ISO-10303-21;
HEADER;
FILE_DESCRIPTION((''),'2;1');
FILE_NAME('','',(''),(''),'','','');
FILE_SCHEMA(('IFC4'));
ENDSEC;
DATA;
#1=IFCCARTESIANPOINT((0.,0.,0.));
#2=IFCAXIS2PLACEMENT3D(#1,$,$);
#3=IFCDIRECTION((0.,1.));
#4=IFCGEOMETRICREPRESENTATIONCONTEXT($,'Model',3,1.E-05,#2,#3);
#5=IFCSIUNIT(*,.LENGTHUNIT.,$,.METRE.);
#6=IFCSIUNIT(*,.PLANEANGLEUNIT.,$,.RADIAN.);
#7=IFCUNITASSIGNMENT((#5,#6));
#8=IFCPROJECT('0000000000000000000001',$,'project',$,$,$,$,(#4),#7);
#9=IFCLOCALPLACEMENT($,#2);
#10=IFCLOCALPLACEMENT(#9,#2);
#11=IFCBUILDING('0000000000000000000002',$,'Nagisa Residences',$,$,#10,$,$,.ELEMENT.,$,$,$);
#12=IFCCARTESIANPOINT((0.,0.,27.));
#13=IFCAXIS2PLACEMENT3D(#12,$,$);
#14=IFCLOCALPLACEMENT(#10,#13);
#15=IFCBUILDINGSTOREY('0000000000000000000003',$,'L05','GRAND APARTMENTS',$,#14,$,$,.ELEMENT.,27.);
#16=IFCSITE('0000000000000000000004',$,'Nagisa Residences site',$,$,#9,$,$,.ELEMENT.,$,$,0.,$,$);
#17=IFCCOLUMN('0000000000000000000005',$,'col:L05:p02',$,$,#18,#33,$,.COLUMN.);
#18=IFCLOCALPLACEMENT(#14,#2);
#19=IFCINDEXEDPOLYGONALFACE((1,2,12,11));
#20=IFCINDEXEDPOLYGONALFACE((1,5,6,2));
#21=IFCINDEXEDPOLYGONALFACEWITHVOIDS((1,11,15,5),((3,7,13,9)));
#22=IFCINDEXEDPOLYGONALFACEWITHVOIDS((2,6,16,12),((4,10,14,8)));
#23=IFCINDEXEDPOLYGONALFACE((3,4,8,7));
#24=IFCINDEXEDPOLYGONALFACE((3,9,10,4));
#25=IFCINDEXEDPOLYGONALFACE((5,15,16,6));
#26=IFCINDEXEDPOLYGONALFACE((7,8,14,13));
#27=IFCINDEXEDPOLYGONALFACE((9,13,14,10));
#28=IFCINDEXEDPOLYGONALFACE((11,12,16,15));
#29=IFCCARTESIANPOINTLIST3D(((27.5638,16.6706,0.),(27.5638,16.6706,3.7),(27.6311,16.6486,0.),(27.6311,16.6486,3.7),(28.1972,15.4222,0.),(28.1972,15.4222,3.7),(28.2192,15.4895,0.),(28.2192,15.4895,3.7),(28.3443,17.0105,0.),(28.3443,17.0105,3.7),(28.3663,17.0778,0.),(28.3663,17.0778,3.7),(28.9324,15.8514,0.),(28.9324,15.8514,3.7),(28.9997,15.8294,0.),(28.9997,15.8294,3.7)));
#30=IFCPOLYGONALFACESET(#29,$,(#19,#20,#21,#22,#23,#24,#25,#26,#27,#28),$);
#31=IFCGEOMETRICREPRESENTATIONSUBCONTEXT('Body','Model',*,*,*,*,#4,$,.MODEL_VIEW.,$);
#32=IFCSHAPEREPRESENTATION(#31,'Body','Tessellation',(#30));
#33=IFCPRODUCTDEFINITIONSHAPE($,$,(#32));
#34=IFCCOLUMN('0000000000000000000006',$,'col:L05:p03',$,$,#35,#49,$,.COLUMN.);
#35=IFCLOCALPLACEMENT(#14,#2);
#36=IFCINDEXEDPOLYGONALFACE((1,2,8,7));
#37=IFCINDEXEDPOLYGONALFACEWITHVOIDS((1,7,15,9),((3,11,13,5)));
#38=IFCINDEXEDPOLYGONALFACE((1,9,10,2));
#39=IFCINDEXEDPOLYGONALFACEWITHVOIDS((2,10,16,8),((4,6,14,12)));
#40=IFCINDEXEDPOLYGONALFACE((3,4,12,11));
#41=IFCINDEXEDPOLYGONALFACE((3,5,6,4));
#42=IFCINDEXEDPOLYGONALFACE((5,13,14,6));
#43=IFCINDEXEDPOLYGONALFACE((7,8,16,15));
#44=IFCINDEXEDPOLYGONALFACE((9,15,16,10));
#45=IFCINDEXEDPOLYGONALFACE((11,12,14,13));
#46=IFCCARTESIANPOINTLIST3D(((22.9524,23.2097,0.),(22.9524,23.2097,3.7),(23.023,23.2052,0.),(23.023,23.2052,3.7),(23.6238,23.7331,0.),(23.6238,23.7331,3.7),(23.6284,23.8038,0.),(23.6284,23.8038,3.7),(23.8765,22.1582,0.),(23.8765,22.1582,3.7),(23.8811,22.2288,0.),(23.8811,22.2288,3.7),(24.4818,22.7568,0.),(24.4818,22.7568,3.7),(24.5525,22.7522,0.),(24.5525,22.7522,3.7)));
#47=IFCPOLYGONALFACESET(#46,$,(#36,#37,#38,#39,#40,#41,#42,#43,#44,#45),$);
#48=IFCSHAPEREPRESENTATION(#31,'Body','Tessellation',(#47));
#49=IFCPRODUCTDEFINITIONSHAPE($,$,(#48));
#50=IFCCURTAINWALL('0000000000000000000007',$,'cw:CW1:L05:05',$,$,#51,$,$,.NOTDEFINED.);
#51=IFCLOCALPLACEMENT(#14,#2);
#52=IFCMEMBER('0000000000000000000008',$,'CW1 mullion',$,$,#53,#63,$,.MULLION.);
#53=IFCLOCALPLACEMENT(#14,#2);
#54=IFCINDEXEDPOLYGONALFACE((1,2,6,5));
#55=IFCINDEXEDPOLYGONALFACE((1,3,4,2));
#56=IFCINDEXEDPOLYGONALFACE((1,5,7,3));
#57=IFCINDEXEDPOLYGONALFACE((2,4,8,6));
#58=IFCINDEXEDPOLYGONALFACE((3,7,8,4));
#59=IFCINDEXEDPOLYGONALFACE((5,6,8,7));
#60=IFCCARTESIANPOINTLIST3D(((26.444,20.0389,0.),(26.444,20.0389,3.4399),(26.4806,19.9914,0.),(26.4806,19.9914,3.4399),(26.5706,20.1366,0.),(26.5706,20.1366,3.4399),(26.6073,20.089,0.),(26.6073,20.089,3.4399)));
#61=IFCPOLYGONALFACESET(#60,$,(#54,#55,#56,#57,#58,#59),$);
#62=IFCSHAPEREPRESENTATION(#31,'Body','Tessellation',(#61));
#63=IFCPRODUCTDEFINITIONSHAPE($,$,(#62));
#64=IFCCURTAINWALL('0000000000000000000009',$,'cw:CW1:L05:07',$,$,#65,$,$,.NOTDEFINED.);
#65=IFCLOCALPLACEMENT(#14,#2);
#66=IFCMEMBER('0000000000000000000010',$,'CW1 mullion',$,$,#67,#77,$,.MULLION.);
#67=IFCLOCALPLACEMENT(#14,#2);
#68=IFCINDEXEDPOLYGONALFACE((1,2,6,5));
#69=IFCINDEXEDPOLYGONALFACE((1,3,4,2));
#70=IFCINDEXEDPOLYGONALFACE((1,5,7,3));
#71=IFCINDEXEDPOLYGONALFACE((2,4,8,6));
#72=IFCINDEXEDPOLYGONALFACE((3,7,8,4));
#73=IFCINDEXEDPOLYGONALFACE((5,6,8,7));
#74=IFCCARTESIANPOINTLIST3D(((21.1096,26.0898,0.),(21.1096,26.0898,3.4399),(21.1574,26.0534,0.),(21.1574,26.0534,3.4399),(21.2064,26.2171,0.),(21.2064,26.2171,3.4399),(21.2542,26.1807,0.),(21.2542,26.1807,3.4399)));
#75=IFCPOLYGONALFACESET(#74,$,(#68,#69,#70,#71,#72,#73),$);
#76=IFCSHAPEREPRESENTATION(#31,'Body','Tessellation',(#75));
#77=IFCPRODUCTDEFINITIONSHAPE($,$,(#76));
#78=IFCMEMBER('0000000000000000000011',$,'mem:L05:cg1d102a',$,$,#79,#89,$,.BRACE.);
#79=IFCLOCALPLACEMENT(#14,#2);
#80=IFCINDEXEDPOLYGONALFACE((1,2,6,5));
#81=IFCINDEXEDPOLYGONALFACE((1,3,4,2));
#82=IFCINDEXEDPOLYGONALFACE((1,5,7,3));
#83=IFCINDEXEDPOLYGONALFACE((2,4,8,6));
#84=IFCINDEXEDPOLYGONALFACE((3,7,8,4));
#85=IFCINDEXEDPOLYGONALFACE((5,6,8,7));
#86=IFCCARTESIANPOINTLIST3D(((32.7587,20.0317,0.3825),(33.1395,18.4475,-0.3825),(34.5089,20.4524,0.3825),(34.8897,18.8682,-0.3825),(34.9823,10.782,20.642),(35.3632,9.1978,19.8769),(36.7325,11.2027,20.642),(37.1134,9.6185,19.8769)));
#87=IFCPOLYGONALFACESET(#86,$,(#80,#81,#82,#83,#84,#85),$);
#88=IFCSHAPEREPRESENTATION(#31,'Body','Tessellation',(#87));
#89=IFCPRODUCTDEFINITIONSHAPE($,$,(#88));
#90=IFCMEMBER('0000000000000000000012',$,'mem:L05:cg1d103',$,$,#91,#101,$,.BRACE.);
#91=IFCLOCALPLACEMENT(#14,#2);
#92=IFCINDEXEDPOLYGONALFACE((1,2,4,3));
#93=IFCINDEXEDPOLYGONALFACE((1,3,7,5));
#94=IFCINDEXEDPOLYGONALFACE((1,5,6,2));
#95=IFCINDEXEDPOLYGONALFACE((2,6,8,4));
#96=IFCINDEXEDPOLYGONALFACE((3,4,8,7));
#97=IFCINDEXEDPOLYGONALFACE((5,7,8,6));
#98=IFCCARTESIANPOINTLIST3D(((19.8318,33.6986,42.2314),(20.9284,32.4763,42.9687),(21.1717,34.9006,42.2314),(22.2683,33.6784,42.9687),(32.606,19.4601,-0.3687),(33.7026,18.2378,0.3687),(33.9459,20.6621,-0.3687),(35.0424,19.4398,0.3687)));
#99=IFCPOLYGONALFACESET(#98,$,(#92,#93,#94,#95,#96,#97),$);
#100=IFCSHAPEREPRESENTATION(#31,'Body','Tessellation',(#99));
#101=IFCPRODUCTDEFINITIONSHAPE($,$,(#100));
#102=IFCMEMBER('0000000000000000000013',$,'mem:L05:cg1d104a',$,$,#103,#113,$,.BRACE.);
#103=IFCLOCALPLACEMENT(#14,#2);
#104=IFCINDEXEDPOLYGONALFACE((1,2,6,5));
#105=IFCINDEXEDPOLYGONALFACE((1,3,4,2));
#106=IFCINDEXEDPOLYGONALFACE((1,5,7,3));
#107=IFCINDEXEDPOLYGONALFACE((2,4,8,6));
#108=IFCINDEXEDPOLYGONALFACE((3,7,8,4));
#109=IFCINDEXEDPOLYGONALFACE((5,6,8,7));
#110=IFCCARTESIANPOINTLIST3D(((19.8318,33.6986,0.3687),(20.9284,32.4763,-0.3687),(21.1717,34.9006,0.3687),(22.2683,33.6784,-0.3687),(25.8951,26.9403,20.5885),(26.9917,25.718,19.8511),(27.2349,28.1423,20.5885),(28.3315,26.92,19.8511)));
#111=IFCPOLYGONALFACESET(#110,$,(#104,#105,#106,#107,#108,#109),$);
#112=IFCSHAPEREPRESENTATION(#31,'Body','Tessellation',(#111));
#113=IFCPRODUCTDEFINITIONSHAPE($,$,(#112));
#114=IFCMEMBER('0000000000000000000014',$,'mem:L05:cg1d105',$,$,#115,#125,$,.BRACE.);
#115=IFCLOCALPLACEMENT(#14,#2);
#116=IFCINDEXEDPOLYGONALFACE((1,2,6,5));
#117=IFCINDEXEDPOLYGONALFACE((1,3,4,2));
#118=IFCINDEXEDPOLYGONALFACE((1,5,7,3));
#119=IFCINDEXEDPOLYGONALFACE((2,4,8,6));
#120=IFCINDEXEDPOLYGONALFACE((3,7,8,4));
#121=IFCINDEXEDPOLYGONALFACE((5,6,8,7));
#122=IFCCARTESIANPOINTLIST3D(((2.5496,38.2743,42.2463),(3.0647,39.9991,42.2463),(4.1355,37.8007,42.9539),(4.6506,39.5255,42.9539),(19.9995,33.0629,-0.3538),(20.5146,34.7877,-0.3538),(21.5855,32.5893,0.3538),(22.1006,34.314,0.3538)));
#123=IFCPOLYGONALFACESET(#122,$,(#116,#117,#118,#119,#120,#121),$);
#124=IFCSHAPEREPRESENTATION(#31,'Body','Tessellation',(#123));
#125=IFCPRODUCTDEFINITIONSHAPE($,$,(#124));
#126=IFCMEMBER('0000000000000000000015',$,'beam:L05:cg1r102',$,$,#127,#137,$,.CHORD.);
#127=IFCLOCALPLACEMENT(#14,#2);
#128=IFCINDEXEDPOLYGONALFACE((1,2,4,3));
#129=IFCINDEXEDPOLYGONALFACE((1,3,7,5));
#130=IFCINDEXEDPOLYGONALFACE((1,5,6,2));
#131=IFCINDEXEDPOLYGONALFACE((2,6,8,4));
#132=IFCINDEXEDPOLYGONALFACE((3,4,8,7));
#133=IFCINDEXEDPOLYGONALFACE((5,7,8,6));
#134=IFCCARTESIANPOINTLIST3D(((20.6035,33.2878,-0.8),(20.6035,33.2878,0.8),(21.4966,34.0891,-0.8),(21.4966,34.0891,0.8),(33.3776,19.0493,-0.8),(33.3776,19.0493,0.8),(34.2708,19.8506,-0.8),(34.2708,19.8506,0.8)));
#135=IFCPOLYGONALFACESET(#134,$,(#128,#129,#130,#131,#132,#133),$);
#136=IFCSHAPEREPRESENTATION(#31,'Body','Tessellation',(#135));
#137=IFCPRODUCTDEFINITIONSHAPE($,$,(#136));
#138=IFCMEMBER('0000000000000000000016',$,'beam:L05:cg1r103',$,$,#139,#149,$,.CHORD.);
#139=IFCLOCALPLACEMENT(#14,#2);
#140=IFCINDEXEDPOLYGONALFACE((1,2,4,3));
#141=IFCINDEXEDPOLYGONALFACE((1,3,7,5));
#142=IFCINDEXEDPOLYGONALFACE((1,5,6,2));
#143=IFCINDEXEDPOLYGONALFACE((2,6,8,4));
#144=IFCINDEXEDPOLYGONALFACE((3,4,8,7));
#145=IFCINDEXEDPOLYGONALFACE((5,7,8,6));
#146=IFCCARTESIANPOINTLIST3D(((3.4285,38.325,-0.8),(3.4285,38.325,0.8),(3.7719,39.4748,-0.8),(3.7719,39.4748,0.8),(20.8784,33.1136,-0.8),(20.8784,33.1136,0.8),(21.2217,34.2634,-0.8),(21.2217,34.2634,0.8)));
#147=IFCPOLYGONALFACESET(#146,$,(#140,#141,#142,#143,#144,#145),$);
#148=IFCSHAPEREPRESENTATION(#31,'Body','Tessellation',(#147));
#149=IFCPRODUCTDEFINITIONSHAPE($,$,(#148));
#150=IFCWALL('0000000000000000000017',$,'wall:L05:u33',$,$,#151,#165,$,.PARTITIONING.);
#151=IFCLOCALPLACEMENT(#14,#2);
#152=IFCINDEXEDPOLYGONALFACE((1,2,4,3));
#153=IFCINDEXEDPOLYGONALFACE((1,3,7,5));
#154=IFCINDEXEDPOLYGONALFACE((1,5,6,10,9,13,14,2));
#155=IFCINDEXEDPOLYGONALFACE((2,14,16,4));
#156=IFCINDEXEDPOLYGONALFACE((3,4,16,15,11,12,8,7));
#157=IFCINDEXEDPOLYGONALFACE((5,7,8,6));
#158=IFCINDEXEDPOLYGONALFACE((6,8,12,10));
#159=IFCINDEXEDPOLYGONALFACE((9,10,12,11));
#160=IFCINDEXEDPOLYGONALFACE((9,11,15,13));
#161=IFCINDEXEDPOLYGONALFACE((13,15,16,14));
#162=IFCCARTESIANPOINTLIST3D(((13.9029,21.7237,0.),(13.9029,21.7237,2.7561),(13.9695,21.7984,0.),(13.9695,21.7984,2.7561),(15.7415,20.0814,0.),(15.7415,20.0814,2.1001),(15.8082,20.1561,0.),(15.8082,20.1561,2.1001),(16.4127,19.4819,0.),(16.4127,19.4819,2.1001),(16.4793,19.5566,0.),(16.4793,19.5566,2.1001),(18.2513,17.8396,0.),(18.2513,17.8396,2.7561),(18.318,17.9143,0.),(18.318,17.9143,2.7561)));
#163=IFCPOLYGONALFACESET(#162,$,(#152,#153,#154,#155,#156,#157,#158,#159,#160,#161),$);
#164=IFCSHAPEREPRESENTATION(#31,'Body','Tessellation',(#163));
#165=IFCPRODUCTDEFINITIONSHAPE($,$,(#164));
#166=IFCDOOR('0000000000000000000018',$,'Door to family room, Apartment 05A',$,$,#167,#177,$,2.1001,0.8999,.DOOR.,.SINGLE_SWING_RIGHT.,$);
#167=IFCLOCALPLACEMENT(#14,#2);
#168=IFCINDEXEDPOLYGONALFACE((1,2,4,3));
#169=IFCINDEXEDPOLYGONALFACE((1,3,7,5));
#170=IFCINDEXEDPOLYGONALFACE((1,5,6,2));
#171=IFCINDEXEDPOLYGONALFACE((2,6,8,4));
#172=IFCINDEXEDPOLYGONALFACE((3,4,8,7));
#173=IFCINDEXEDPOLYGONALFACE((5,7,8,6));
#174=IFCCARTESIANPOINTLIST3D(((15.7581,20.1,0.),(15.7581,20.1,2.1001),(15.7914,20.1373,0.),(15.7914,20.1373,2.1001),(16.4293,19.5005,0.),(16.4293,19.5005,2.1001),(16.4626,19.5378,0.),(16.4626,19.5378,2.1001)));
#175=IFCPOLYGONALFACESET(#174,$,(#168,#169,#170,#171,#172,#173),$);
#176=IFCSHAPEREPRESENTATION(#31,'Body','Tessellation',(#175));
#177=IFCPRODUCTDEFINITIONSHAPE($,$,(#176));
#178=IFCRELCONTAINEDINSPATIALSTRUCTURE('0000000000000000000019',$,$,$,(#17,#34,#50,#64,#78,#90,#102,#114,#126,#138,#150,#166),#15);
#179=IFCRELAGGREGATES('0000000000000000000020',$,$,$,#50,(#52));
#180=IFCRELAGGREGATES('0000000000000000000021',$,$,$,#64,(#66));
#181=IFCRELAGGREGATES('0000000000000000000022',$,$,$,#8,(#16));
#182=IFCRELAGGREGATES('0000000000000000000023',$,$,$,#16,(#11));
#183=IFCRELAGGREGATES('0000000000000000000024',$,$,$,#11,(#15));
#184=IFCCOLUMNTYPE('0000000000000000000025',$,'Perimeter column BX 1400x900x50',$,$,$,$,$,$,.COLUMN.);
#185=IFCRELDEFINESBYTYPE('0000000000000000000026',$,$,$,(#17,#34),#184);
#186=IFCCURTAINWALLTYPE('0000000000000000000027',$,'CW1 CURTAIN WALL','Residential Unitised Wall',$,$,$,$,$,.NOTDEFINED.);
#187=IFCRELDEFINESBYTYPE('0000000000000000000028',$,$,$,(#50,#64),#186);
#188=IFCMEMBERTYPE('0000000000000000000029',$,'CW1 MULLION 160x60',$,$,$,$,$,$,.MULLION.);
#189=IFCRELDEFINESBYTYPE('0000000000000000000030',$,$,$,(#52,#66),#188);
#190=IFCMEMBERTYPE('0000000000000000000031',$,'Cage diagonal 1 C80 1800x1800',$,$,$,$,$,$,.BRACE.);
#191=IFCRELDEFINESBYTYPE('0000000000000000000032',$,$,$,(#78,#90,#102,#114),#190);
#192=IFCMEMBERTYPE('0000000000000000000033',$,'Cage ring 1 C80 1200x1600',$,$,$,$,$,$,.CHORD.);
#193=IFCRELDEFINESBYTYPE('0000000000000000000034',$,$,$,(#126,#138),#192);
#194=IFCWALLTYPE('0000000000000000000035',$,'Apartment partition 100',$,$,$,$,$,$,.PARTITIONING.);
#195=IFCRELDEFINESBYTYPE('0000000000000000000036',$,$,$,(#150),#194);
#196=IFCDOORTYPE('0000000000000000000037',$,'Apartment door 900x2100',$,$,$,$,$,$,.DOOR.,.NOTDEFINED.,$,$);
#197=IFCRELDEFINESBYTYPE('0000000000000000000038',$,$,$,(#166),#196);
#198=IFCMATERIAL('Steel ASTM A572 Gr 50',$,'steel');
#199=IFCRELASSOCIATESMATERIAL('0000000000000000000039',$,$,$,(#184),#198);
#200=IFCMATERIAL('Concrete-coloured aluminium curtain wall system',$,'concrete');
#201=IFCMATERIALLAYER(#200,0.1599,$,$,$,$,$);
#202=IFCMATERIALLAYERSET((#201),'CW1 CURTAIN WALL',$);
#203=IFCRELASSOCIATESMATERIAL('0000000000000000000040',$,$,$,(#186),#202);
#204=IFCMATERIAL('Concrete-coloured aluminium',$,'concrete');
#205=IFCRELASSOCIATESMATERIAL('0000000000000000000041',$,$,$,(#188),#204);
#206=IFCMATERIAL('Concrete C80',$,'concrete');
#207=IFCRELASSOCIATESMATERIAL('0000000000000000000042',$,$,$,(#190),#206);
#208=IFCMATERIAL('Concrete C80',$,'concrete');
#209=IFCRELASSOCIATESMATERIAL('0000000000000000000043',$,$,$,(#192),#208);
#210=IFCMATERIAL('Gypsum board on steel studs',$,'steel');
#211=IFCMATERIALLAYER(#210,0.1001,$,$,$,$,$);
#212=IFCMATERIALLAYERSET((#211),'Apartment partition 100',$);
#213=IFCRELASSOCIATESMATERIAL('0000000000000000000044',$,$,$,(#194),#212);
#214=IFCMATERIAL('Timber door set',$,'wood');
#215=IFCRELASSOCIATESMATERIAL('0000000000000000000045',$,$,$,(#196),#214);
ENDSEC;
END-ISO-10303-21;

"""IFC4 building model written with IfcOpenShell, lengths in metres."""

from ifc_helpers import new_model, si_unit, direction, frame, frame_2d, origin, origin_2d, place, context, subcontext, project, spatial, rectangle, hollow_rectangle, extrude, material, layer, layer_set, material_profile, profile_set, type_object, element, fill, aggregate, save


model = new_model("IFC4")

# Units and contexts
model_context = context("Model", 3, precision=1e-05, world=origin(), true_north=direction((0.0, 1.0)))
body_context = subcontext(model_context, "Body", "Model", "MODEL_VIEW")
ifc_project = project(units=[si_unit("LENGTHUNIT", "METRE"), si_unit("PLANEANGLEUNIT", "RADIAN")], contexts=[model_context])

# Site, building, storey
site_placement = place(None, origin())
site = spatial("IfcSite", under=ifc_project, at=site_placement, Name="Nagisa Residences site", CompositionType="ELEMENT", RefElevation=0.0)
building_placement = place(site_placement, origin())
building = spatial("IfcBuilding", under=site, at=building_placement, Name="Nagisa Residences", CompositionType="ELEMENT")
storey_placement = place(building_placement, frame((0.0, 0.0, 27.0)))
storey = spatial("IfcBuildingStorey", under=building, at=storey_placement, Name="L05", Description="GRAND APARTMENTS", CompositionType="ELEMENT", Elevation=27.0)

# Columns
ifc_material_1 = material(Name="Steel ASTM A572 Gr 50", Category="steel")
ifc_material_profile_1 = material_profile(ifc_material_1, hollow_rectangle(XDim=1.3999, YDim=0.8999, WallThickness=0.05, at=origin_2d()), Name="BX 1400x900x50")
ifc_profile_set_1 = profile_set([ifc_material_profile_1], Name="Steel ASTM A572 Gr 50")
column_type = type_object("IfcColumnType", Name="Perimeter column BX 1400x900x50", PredefinedType="COLUMN", material=ifc_profile_set_1)
for number, where, z_axis, x_axis, name in (
    (1, (28.2817, 16.25, 0.0), (0.0, 0.0, 1.0), (-0.452463, 0.891783, 0.0), "col:L05:p02"),
    (2, (23.7524, 22.981, 0.0), (0.0, 0.0, 1.0), (-0.660115, 0.751165, 0.0), "col:L05:p03"),
):
    element("IfcColumn", number, at=place(storey_placement, frame(where, z_axis=z_axis, x_axis=x_axis)), inside=storey, type_object=column_type, Name=name, PredefinedType="COLUMN", context=body_context, shape_type="SweptSolid", body=[
        extrude(hollow_rectangle(XDim=1.3999, YDim=0.8999, WallThickness=0.05, at=origin_2d()), origin(), (0.0, 0.0, 1.0), 3.7),
    ])

# Curtain walls, members
ifc_material_2 = material(Name="Concrete-coloured aluminium curtain wall system", Category="concrete")
ifc_layer_1 = layer(ifc_material_2, 0.1599)
ifc_layer_set_1 = layer_set([ifc_layer_1], Name="CW1 CURTAIN WALL")
curtain_wall_type = type_object("IfcCurtainWallType", Name="CW1 CURTAIN WALL", Description="Residential Unitised Wall", PredefinedType="NOTDEFINED", material=ifc_layer_set_1)
curtain_wall_1_placement = place(storey_placement, origin())
curtain_wall_1 = element("IfcCurtainWall", 3, at=curtain_wall_1_placement, inside=storey, type_object=curtain_wall_type, Name="cw:CW1:L05:05", PredefinedType="NOTDEFINED")
ifc_material_3 = material(Name="Concrete-coloured aluminium", Category="concrete")
ifc_material_profile_2 = material_profile(ifc_material_3, rectangle(XDim=0.1599, YDim=0.0601, at=origin_2d()), Name="CW1 MULLION 160x60")
ifc_profile_set_2 = profile_set([ifc_material_profile_2], Name="Concrete-coloured aluminium")
member_type_1 = type_object("IfcMemberType", Name="CW1 MULLION 160x60", PredefinedType="MULLION", material=ifc_profile_set_2)
member_1_placement = place(storey_placement, frame((26.5256, 20.064, 0.0), z_axis=(0.0, 0.0, 1.0), x_axis=(-0.79207, -0.61043, 0.0)))
member_1 = element("IfcMember", 4, at=member_1_placement, type_object=member_type_1, Name="CW1 mullion", PredefinedType="MULLION", context=body_context, shape_type="SweptSolid", body=[
    extrude(rectangle(XDim=0.1599, YDim=0.0601, at=origin_2d()), origin(), (0.0, 0.0, 1.0), 3.4399),
])
aggregate(curtain_wall_1, [member_1])
curtain_wall_2_placement = place(storey_placement, origin())
curtain_wall_2 = element("IfcCurtainWall", 5, at=curtain_wall_2_placement, inside=storey, type_object=curtain_wall_type, Name="cw:CW1:L05:07", PredefinedType="NOTDEFINED")
member_2_placement = place(storey_placement, frame((21.1819, 26.1353, 0.0), z_axis=(0.0, 0.0, 1.0), x_axis=(-0.605255, -0.796031, 0.0)))
member_2 = element("IfcMember", 6, at=member_2_placement, type_object=member_type_1, Name="CW1 mullion", PredefinedType="MULLION", context=body_context, shape_type="SweptSolid", body=[
    extrude(rectangle(XDim=0.1599, YDim=0.0601, at=origin_2d()), origin(), (0.0, 0.0, 1.0), 3.4399),
])
aggregate(curtain_wall_2, [member_2])

# Members
ifc_material_4 = material(Name="Concrete C80", Category="concrete")
ifc_material_profile_3 = material_profile(ifc_material_4, rectangle(XDim=1.8, YDim=1.8, at=origin_2d()), Name="C80 1800x1800")
ifc_profile_set_3 = profile_set([ifc_material_profile_3], Name="Concrete C80")
member_type_2 = type_object("IfcMemberType", Name="Cage diagonal 1 C80 1800x1800", PredefinedType="BRACE", material=ifc_profile_set_3)
member_3_placement = place(storey_placement, frame((33.8242, 19.45, 0.0), z_axis=(0.099349, -0.413269, 0.905173), x_axis=(0.972299, 0.23374, 0.0)))
element("IfcMember", 7, at=member_3_placement, inside=storey, type_object=member_type_2, Name="mem:L05:cg1d102a", PredefinedType="BRACE", context=body_context, shape_type="SweptSolid", body=[
    extrude(rectangle(XDim=1.8, YDim=1.8, at=origin_2d()), origin(), (0.0, 0.0, 1.0), 22.3818),
])
member_4_placement = place(storey_placement, frame((33.8242, 19.45, 0.0), z_axis=(-0.27355, 0.304908, 0.912251), x_axis=(-0.744346, -0.667794, 0.0)))
element("IfcMember", 8, at=member_4_placement, inside=storey, type_object=member_type_2, Name="mem:L05:cg1d103", PredefinedType="BRACE", context=body_context, shape_type="SweptSolid", body=[
    extrude(rectangle(XDim=1.8, YDim=1.8, at=origin_2d()), origin(), (0.0, 0.0, 1.0), 46.6978),
])
member_5_placement = place(storey_placement, frame((21.05, 33.6885, 0.0), z_axis=(0.273553, -0.304913, 0.912248), x_axis=(0.744347, 0.667793, 0.0)))
element("IfcMember", 9, at=member_5_placement, inside=storey, type_object=member_type_2, Name="mem:L05:cg1d104a", PredefinedType="BRACE", context=body_context, shape_type="SweptSolid", body=[
    extrude(rectangle(XDim=1.8, YDim=1.8, at=origin_2d()), origin(), (0.0, 0.0, 1.0), 22.1648),
])
member_6_placement = place(storey_placement, frame((21.05, 33.6885, 0.0), z_axis=(-0.376648, 0.112486, 0.919501), x_axis=(-0.286161, -0.958182, 0.0)))
element("IfcMember", 10, at=member_6_placement, inside=storey, type_object=member_type_2, Name="mem:L05:cg1d105", PredefinedType="BRACE", context=body_context, shape_type="SweptSolid", body=[
    extrude(rectangle(XDim=1.8, YDim=1.8, at=origin_2d()), origin(), (0.0, 0.0, 1.0), 46.3296),
])
ifc_material_5 = material(Name="Concrete C80", Category="concrete")
ifc_material_profile_4 = material_profile(ifc_material_5, rectangle(XDim=1.2, YDim=1.6001, at=origin_2d()), Name="C80 1200x1600")
ifc_profile_set_4 = profile_set([ifc_material_profile_4], Name="Concrete C80")
member_type_3 = type_object("IfcMemberType", Name="Cage ring 1 C80 1200x1600", PredefinedType="CHORD", material=ifc_profile_set_4)
member_7_placement = place(storey_placement, frame((33.8242, 19.45, 0.0), z_axis=(-0.667794, 0.744346, 0.0), x_axis=(-0.744346, -0.667794, 0.0)))
element("IfcMember", 11, at=member_7_placement, inside=storey, type_object=member_type_3, Name="beam:L05:cg1r102", PredefinedType="CHORD", context=body_context, shape_type="SweptSolid", body=[
    extrude(rectangle(XDim=1.2, YDim=1.6001, at=origin_2d()), origin(), (0.0, 0.0, 1.0), 19.1289),
])
member_8_placement = place(storey_placement, frame((21.05, 33.6885, 0.0), z_axis=(-0.958182, 0.286161, 0.0), x_axis=(-0.286161, -0.958182, 0.0)))
element("IfcMember", 12, at=member_8_placement, inside=storey, type_object=member_type_3, Name="beam:L05:cg1r103", PredefinedType="CHORD", context=body_context, shape_type="SweptSolid", body=[
    extrude(rectangle(XDim=1.2, YDim=1.6001, at=origin_2d()), origin(), (0.0, 0.0, 1.0), 18.2114),
])

# Wall, opening, door
ifc_material_6 = material(Name="Gypsum board on steel studs", Category="steel")
ifc_layer_2 = layer(ifc_material_6, 0.1001)
ifc_layer_set_2 = layer_set([ifc_layer_2], Name="Apartment partition 100")
wall_type_1 = type_object("IfcWallType", Name="Apartment partition 100", PredefinedType="PARTITIONING", material=ifc_layer_set_2)
wall_1_placement = place(storey_placement, frame((18.2847, 17.877, 0.0), z_axis=(0.0, 0.0, 1.0), x_axis=(-0.745806, 0.666163, 0.0)))
wall_1 = element("IfcWall", 13, at=wall_1_placement, inside=storey, type_object=wall_type_1, Name="wall:L05:u33", PredefinedType="PARTITIONING", context=body_context, shape_type="SweptSolid", body=[
    extrude(rectangle(XDim=5.8306, YDim=0.1001, at=frame_2d((2.9153, 0.0))), origin(), (0.0, 0.0, 1.0), 2.7561),
])
opening_1_placement = place(wall_1_placement, frame((2.4653, 0.0, 0.0)))
opening_1 = element("IfcOpeningElement", 14, at=opening_1_placement, cuts=wall_1, PredefinedType="OPENING", context=body_context, shape_type="SweptSolid", body=[
    extrude(rectangle(XDim=0.8999, YDim=2.1001, at=frame_2d((0.45, 1.05))), frame((0.0, 0.0601, 0.0), z_axis=(0.0, -1.0, 0.0), x_axis=(1.0, 0.0, 0.0)), (0.0, 0.0, 1.0), 0.1201),
])
ifc_material_7 = material(Name="Timber door set", Category="wood")
door_type_1 = type_object("IfcDoorType", Name="Apartment door 900x2100", OperationType="NOTDEFINED", PredefinedType="DOOR", material=ifc_material_7)
door_1_placement = place(opening_1_placement, frame((0.8999, 0.0, 0.0), x_axis=(-1.0, 0.0, 0.0)))
door_1 = element("IfcDoor", 15, at=door_1_placement, inside=storey, type_object=door_type_1, Name="Door to family room, Apartment 05A", OperationType="SINGLE_SWING_RIGHT", OverallHeight=2.1001, OverallWidth=0.8999, PredefinedType="DOOR", context=body_context, shape_type="SweptSolid", body=[
    extrude(rectangle(XDim=0.8999, YDim=2.1001, at=frame_2d((0.45, 1.05))), frame((0.0, 0.0249, 0.0), z_axis=(0.0, -1.0, 0.0), x_axis=(1.0, 0.0, 0.0)), (0.0, 0.0, 1.0), 0.05),
])
fill(opening_1, door_1)

save(model, "model.ifc")
